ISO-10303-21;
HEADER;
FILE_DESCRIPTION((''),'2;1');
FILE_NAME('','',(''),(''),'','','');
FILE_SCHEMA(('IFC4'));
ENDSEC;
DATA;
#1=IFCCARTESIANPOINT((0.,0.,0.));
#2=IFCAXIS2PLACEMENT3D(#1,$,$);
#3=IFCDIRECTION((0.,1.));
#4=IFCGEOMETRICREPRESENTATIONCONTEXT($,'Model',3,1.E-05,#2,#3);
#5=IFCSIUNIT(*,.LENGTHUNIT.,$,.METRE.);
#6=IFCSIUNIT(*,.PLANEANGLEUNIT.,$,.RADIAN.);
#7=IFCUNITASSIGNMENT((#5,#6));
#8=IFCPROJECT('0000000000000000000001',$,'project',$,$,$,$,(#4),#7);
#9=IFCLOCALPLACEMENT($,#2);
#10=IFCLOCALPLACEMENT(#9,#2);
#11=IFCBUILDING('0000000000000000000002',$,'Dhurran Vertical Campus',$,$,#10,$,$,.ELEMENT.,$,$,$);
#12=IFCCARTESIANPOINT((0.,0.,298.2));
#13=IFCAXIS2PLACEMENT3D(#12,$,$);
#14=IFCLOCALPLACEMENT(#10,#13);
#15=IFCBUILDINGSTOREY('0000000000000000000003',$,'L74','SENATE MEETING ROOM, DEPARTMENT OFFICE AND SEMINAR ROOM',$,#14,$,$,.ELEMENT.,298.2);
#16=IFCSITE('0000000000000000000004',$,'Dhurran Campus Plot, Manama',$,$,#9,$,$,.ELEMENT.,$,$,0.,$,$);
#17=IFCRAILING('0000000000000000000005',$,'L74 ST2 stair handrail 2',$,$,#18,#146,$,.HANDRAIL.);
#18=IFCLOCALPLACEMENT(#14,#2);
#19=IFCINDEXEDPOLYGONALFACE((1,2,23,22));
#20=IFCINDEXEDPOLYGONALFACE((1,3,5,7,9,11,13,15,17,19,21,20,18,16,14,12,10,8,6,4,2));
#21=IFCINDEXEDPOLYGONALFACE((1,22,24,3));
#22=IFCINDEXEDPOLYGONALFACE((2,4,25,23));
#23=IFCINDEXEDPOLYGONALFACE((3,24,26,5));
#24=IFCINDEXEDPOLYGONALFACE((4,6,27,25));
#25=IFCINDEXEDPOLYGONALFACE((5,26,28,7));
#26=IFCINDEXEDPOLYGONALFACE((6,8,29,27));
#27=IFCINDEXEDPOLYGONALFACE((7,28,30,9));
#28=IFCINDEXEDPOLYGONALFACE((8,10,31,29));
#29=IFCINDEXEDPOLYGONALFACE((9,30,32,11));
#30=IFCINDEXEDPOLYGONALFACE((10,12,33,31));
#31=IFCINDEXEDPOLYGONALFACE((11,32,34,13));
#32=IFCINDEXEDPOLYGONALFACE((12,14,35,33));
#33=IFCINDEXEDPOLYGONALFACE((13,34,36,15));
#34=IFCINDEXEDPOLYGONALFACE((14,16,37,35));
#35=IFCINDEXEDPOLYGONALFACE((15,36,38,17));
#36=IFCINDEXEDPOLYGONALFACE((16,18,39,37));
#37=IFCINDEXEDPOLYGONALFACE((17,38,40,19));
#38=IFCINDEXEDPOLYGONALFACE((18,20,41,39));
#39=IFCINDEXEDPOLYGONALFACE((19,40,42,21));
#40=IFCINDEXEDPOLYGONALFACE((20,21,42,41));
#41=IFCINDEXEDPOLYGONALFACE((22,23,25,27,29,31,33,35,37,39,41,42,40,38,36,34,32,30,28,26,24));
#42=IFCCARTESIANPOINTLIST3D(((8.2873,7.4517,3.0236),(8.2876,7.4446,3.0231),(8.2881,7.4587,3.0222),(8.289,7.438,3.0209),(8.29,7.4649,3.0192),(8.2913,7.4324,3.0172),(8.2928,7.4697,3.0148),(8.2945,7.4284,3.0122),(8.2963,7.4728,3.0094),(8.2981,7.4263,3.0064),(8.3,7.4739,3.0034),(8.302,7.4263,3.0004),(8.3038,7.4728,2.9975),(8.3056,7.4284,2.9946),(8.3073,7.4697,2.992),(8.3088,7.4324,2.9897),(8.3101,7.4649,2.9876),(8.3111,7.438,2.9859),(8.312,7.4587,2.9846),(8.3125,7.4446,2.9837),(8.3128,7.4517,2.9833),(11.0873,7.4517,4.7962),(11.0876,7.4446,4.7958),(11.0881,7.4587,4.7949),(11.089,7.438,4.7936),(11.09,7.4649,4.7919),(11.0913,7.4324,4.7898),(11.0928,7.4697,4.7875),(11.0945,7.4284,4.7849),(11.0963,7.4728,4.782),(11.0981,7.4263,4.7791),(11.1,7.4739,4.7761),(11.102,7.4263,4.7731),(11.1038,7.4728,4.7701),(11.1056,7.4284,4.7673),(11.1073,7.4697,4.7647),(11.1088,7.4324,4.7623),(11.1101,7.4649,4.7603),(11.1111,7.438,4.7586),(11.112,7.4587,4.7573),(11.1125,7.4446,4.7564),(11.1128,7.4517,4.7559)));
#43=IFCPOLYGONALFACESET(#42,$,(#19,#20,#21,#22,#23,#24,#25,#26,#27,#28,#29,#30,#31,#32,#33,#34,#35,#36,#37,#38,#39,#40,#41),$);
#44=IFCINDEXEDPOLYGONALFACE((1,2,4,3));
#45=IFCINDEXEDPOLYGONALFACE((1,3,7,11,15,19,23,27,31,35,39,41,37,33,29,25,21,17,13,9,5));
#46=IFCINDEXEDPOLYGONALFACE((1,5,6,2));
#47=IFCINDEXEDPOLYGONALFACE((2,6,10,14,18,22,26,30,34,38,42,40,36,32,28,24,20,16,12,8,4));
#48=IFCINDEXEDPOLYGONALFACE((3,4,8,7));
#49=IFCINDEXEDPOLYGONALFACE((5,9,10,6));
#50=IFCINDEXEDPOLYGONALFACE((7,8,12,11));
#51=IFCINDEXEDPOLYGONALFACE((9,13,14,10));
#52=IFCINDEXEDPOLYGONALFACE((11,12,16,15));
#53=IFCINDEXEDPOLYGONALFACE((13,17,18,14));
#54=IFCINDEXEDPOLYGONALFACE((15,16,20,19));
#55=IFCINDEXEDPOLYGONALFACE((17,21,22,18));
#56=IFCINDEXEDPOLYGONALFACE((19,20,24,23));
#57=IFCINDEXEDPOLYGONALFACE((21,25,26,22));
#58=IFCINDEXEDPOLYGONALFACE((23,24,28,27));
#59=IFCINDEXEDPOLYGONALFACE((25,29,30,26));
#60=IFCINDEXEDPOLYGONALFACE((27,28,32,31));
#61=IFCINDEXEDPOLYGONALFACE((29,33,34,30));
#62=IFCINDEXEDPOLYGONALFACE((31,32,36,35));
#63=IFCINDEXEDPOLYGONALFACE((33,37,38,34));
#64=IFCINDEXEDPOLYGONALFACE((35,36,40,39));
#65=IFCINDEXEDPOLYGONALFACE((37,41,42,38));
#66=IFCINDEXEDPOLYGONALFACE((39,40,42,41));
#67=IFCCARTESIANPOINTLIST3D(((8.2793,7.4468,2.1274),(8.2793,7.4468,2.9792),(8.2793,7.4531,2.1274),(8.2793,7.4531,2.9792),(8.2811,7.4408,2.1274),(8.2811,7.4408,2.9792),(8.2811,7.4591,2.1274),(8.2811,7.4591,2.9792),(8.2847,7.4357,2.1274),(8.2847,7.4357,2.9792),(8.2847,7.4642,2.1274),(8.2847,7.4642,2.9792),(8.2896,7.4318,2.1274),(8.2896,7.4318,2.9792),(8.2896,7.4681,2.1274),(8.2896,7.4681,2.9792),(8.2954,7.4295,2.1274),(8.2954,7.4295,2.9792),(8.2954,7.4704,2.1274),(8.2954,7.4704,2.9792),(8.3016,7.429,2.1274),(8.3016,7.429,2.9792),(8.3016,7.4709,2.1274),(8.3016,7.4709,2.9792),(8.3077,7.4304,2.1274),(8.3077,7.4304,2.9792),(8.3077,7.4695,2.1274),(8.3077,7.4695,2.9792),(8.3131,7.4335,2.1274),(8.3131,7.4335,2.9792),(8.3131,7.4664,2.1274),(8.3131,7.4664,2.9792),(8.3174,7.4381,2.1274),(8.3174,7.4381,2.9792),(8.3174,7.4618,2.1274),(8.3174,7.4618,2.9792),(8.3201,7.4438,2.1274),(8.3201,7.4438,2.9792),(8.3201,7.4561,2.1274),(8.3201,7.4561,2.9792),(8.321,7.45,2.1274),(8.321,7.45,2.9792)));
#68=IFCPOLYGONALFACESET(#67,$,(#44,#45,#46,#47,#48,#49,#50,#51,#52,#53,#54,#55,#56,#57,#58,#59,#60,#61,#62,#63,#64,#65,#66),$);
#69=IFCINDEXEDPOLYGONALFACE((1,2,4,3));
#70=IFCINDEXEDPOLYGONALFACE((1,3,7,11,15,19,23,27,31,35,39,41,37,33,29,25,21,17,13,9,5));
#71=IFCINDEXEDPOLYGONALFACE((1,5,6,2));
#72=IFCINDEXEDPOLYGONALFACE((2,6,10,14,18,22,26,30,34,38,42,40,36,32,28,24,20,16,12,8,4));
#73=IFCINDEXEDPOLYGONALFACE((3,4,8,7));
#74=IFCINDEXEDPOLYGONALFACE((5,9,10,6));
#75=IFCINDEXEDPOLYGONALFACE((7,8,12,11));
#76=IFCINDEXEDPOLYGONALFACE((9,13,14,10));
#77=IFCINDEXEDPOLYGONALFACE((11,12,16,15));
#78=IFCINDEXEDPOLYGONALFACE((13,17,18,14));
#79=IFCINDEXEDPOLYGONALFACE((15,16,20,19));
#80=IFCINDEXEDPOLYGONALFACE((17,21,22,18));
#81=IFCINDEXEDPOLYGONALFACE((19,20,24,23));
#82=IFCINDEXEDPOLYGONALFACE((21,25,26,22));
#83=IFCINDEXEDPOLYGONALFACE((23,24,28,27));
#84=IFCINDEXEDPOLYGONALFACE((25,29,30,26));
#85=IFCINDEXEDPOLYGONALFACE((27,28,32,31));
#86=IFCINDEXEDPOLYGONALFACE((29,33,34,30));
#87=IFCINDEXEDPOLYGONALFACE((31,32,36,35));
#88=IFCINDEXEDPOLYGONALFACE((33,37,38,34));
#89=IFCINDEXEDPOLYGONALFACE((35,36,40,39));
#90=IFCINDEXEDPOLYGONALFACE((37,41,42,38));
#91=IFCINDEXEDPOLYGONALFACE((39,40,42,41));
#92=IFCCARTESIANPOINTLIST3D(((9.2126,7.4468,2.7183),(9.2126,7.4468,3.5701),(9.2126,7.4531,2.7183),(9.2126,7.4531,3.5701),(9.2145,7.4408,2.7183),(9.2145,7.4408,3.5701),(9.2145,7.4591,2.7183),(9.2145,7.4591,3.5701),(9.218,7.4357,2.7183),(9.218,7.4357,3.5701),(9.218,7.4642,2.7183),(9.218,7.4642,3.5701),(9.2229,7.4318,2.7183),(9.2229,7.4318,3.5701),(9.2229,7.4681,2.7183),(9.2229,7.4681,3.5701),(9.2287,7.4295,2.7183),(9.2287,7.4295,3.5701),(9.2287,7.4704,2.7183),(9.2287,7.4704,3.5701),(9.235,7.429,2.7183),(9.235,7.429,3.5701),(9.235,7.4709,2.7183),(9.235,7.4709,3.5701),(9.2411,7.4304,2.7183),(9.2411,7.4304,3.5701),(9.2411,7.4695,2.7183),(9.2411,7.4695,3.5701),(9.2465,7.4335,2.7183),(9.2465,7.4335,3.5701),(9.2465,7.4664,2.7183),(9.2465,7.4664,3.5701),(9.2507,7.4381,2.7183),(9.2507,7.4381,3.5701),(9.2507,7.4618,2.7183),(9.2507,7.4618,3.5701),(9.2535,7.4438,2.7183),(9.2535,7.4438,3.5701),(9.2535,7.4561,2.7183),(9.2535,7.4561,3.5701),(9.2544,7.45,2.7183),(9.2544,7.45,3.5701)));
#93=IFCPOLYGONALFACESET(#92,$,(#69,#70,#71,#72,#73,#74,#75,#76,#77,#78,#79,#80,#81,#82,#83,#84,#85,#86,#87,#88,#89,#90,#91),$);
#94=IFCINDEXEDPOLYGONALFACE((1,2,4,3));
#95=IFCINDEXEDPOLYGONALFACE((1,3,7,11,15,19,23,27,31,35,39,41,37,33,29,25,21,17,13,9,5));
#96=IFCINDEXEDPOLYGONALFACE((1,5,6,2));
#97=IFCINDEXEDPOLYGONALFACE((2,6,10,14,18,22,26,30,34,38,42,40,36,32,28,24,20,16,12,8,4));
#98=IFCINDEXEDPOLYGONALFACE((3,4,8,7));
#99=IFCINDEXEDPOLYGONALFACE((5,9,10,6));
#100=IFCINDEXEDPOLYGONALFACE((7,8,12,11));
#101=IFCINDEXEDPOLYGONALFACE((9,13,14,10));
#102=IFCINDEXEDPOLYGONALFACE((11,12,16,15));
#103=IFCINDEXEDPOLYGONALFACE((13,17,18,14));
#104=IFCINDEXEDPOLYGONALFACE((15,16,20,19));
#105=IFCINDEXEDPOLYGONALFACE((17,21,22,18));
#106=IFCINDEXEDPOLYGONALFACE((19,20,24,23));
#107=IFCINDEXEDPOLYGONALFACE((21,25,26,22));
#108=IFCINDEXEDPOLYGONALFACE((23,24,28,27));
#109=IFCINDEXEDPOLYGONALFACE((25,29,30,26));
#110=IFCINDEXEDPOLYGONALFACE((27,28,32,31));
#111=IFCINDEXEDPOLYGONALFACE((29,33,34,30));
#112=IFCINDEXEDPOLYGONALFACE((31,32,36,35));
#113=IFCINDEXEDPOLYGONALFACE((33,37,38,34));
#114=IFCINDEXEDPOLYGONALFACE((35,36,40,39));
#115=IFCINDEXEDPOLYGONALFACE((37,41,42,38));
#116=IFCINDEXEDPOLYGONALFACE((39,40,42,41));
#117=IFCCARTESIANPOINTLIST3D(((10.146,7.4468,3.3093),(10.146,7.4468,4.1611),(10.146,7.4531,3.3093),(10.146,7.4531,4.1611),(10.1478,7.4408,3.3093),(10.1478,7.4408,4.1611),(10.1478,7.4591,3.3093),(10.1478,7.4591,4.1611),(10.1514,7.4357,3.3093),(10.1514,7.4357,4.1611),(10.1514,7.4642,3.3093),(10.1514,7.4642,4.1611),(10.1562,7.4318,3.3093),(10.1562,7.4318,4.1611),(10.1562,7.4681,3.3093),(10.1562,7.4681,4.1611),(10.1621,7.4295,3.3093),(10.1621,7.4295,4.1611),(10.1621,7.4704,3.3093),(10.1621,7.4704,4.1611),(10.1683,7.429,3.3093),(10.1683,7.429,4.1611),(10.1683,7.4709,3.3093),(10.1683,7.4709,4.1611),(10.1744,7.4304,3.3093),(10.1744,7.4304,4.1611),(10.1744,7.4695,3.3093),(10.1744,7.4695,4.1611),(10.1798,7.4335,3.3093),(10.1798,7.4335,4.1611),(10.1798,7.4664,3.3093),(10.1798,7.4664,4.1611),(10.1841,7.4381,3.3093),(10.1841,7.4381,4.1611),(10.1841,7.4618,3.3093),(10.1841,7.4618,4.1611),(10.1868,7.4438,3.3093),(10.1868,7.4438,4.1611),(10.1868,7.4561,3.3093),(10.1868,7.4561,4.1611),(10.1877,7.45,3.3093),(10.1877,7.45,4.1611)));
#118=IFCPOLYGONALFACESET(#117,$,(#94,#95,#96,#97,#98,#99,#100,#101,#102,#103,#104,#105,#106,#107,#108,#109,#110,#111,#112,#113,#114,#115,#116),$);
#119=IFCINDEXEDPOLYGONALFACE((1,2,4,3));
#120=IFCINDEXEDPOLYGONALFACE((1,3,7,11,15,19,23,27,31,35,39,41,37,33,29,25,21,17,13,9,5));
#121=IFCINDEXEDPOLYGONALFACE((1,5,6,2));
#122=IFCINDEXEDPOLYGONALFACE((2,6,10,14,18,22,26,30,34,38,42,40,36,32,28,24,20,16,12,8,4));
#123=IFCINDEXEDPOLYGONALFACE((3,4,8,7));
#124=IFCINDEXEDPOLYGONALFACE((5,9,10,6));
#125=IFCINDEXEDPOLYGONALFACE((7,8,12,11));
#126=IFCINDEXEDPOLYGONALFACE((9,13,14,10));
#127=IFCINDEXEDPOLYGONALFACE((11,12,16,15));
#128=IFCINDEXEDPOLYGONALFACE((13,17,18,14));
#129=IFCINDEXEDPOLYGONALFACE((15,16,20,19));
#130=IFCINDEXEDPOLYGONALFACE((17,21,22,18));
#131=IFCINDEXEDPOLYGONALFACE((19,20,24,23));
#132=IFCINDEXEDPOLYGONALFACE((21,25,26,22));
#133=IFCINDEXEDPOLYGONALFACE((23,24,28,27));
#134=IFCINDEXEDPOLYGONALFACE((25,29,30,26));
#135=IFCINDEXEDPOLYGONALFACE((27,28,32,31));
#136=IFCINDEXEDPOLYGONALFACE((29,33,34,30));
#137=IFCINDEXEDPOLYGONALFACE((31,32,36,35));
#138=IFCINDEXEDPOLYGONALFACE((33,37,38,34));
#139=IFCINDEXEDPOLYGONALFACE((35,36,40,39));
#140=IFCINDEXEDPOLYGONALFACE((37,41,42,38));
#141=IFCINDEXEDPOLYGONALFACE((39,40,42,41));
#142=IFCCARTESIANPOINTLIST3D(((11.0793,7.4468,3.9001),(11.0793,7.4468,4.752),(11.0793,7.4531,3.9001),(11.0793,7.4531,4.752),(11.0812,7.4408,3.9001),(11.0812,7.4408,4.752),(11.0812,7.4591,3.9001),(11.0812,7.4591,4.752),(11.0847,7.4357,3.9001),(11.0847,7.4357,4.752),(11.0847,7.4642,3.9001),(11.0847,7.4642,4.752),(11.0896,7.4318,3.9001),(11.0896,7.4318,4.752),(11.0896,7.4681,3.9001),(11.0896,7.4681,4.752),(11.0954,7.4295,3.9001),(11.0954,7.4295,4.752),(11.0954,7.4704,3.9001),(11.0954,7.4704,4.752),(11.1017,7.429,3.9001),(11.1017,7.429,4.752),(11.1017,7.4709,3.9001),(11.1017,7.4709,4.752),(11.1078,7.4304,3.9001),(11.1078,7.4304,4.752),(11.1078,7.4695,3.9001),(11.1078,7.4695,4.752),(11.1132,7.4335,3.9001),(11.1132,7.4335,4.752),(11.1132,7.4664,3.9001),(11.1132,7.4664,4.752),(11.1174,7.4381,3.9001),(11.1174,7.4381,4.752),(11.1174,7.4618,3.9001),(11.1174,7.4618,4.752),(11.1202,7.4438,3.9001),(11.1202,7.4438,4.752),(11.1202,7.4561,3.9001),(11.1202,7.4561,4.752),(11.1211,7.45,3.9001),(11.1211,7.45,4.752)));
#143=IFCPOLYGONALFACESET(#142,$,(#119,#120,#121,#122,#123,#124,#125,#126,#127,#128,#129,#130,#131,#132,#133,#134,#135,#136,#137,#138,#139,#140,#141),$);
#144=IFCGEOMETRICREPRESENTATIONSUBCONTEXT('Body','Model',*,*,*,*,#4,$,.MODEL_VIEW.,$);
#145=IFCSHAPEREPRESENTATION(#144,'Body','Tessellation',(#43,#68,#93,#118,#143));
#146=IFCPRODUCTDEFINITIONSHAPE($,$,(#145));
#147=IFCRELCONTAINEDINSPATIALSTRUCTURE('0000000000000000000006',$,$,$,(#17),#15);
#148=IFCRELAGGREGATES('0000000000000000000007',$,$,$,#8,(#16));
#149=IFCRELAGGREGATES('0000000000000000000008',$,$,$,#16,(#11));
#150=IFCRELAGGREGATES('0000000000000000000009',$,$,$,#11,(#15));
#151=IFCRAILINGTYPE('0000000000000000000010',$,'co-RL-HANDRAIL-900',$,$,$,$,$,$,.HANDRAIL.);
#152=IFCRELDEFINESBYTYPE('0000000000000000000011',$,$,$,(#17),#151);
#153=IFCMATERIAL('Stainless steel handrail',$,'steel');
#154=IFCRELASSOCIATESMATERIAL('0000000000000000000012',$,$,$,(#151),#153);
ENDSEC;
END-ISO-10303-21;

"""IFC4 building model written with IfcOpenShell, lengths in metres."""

from ifc_helpers import new_model, si_unit, direction, frame, origin, origin_2d, place, context, subcontext, project, spatial, circle, extrude, material, type_object, element, save


model = new_model("IFC4")

# Units and contexts
model_context = context("Model", 3, precision=1e-05, world=origin(), true_north=direction((0.0, 1.0)))
body_context = subcontext(model_context, "Body", "Model", "MODEL_VIEW")
ifc_project = project(units=[si_unit("LENGTHUNIT", "METRE"), si_unit("PLANEANGLEUNIT", "RADIAN")], contexts=[model_context])

# Site, building, storey
site_placement = place(None, origin())
site = spatial("IfcSite", under=ifc_project, at=site_placement, Name="Dhurran Campus Plot, Manama", CompositionType="ELEMENT", RefElevation=0.0)
building_placement = place(site_placement, origin())
building = spatial("IfcBuilding", under=site, at=building_placement, Name="Dhurran Vertical Campus", CompositionType="ELEMENT")
storey_placement = place(building_placement, frame((0.0, 0.0, 298.2)))
storey = spatial("IfcBuildingStorey", under=building, at=storey_placement, Name="L74", Description="SENATE MEETING ROOM, DEPARTMENT OFFICE AND SEMINAR ROOM", CompositionType="ELEMENT", Elevation=298.2)

# Railing
ifc_material_1 = material(Name="Stainless steel handrail", Category="steel")
railing_type_1 = type_object("IfcRailingType", Name="co-RL-HANDRAIL-900", PredefinedType="HANDRAIL", material=ifc_material_1)
railing_1_placement = place(storey_placement, frame((8.3, 7.45, 2.1274)))
element("IfcRailing", 1, at=railing_1_placement, inside=storey, type_object=railing_type_1, Name="L74 ST2 stair handrail 2", PredefinedType="HANDRAIL", context=body_context, shape_type="SweptSolid", body=[
    extrude(circle(Radius=0.0239, at=origin_2d()), frame((0.0, 0.0, 0.876), z_axis=(0.844909, 0.0, 0.53491), x_axis=(0.0, 1.0, 0.0)), (0.0, 0.0, 1.0), 3.314),
    extrude(circle(Radius=0.021, at=origin_2d()), origin(), (0.0, 0.0, 1.0), 0.8518),
    extrude(circle(Radius=0.021, at=origin_2d()), frame((0.9333, 0.0, 0.5908)), (0.0, 0.0, 1.0), 0.8518),
    extrude(circle(Radius=0.021, at=origin_2d()), frame((1.8667, 0.0, 1.1819)), (0.0, 0.0, 1.0), 0.8518),
    extrude(circle(Radius=0.021, at=origin_2d()), frame((2.8, 0.0, 1.7727)), (0.0, 0.0, 1.0), 0.8518),
])

save(model, "model.ifc")
